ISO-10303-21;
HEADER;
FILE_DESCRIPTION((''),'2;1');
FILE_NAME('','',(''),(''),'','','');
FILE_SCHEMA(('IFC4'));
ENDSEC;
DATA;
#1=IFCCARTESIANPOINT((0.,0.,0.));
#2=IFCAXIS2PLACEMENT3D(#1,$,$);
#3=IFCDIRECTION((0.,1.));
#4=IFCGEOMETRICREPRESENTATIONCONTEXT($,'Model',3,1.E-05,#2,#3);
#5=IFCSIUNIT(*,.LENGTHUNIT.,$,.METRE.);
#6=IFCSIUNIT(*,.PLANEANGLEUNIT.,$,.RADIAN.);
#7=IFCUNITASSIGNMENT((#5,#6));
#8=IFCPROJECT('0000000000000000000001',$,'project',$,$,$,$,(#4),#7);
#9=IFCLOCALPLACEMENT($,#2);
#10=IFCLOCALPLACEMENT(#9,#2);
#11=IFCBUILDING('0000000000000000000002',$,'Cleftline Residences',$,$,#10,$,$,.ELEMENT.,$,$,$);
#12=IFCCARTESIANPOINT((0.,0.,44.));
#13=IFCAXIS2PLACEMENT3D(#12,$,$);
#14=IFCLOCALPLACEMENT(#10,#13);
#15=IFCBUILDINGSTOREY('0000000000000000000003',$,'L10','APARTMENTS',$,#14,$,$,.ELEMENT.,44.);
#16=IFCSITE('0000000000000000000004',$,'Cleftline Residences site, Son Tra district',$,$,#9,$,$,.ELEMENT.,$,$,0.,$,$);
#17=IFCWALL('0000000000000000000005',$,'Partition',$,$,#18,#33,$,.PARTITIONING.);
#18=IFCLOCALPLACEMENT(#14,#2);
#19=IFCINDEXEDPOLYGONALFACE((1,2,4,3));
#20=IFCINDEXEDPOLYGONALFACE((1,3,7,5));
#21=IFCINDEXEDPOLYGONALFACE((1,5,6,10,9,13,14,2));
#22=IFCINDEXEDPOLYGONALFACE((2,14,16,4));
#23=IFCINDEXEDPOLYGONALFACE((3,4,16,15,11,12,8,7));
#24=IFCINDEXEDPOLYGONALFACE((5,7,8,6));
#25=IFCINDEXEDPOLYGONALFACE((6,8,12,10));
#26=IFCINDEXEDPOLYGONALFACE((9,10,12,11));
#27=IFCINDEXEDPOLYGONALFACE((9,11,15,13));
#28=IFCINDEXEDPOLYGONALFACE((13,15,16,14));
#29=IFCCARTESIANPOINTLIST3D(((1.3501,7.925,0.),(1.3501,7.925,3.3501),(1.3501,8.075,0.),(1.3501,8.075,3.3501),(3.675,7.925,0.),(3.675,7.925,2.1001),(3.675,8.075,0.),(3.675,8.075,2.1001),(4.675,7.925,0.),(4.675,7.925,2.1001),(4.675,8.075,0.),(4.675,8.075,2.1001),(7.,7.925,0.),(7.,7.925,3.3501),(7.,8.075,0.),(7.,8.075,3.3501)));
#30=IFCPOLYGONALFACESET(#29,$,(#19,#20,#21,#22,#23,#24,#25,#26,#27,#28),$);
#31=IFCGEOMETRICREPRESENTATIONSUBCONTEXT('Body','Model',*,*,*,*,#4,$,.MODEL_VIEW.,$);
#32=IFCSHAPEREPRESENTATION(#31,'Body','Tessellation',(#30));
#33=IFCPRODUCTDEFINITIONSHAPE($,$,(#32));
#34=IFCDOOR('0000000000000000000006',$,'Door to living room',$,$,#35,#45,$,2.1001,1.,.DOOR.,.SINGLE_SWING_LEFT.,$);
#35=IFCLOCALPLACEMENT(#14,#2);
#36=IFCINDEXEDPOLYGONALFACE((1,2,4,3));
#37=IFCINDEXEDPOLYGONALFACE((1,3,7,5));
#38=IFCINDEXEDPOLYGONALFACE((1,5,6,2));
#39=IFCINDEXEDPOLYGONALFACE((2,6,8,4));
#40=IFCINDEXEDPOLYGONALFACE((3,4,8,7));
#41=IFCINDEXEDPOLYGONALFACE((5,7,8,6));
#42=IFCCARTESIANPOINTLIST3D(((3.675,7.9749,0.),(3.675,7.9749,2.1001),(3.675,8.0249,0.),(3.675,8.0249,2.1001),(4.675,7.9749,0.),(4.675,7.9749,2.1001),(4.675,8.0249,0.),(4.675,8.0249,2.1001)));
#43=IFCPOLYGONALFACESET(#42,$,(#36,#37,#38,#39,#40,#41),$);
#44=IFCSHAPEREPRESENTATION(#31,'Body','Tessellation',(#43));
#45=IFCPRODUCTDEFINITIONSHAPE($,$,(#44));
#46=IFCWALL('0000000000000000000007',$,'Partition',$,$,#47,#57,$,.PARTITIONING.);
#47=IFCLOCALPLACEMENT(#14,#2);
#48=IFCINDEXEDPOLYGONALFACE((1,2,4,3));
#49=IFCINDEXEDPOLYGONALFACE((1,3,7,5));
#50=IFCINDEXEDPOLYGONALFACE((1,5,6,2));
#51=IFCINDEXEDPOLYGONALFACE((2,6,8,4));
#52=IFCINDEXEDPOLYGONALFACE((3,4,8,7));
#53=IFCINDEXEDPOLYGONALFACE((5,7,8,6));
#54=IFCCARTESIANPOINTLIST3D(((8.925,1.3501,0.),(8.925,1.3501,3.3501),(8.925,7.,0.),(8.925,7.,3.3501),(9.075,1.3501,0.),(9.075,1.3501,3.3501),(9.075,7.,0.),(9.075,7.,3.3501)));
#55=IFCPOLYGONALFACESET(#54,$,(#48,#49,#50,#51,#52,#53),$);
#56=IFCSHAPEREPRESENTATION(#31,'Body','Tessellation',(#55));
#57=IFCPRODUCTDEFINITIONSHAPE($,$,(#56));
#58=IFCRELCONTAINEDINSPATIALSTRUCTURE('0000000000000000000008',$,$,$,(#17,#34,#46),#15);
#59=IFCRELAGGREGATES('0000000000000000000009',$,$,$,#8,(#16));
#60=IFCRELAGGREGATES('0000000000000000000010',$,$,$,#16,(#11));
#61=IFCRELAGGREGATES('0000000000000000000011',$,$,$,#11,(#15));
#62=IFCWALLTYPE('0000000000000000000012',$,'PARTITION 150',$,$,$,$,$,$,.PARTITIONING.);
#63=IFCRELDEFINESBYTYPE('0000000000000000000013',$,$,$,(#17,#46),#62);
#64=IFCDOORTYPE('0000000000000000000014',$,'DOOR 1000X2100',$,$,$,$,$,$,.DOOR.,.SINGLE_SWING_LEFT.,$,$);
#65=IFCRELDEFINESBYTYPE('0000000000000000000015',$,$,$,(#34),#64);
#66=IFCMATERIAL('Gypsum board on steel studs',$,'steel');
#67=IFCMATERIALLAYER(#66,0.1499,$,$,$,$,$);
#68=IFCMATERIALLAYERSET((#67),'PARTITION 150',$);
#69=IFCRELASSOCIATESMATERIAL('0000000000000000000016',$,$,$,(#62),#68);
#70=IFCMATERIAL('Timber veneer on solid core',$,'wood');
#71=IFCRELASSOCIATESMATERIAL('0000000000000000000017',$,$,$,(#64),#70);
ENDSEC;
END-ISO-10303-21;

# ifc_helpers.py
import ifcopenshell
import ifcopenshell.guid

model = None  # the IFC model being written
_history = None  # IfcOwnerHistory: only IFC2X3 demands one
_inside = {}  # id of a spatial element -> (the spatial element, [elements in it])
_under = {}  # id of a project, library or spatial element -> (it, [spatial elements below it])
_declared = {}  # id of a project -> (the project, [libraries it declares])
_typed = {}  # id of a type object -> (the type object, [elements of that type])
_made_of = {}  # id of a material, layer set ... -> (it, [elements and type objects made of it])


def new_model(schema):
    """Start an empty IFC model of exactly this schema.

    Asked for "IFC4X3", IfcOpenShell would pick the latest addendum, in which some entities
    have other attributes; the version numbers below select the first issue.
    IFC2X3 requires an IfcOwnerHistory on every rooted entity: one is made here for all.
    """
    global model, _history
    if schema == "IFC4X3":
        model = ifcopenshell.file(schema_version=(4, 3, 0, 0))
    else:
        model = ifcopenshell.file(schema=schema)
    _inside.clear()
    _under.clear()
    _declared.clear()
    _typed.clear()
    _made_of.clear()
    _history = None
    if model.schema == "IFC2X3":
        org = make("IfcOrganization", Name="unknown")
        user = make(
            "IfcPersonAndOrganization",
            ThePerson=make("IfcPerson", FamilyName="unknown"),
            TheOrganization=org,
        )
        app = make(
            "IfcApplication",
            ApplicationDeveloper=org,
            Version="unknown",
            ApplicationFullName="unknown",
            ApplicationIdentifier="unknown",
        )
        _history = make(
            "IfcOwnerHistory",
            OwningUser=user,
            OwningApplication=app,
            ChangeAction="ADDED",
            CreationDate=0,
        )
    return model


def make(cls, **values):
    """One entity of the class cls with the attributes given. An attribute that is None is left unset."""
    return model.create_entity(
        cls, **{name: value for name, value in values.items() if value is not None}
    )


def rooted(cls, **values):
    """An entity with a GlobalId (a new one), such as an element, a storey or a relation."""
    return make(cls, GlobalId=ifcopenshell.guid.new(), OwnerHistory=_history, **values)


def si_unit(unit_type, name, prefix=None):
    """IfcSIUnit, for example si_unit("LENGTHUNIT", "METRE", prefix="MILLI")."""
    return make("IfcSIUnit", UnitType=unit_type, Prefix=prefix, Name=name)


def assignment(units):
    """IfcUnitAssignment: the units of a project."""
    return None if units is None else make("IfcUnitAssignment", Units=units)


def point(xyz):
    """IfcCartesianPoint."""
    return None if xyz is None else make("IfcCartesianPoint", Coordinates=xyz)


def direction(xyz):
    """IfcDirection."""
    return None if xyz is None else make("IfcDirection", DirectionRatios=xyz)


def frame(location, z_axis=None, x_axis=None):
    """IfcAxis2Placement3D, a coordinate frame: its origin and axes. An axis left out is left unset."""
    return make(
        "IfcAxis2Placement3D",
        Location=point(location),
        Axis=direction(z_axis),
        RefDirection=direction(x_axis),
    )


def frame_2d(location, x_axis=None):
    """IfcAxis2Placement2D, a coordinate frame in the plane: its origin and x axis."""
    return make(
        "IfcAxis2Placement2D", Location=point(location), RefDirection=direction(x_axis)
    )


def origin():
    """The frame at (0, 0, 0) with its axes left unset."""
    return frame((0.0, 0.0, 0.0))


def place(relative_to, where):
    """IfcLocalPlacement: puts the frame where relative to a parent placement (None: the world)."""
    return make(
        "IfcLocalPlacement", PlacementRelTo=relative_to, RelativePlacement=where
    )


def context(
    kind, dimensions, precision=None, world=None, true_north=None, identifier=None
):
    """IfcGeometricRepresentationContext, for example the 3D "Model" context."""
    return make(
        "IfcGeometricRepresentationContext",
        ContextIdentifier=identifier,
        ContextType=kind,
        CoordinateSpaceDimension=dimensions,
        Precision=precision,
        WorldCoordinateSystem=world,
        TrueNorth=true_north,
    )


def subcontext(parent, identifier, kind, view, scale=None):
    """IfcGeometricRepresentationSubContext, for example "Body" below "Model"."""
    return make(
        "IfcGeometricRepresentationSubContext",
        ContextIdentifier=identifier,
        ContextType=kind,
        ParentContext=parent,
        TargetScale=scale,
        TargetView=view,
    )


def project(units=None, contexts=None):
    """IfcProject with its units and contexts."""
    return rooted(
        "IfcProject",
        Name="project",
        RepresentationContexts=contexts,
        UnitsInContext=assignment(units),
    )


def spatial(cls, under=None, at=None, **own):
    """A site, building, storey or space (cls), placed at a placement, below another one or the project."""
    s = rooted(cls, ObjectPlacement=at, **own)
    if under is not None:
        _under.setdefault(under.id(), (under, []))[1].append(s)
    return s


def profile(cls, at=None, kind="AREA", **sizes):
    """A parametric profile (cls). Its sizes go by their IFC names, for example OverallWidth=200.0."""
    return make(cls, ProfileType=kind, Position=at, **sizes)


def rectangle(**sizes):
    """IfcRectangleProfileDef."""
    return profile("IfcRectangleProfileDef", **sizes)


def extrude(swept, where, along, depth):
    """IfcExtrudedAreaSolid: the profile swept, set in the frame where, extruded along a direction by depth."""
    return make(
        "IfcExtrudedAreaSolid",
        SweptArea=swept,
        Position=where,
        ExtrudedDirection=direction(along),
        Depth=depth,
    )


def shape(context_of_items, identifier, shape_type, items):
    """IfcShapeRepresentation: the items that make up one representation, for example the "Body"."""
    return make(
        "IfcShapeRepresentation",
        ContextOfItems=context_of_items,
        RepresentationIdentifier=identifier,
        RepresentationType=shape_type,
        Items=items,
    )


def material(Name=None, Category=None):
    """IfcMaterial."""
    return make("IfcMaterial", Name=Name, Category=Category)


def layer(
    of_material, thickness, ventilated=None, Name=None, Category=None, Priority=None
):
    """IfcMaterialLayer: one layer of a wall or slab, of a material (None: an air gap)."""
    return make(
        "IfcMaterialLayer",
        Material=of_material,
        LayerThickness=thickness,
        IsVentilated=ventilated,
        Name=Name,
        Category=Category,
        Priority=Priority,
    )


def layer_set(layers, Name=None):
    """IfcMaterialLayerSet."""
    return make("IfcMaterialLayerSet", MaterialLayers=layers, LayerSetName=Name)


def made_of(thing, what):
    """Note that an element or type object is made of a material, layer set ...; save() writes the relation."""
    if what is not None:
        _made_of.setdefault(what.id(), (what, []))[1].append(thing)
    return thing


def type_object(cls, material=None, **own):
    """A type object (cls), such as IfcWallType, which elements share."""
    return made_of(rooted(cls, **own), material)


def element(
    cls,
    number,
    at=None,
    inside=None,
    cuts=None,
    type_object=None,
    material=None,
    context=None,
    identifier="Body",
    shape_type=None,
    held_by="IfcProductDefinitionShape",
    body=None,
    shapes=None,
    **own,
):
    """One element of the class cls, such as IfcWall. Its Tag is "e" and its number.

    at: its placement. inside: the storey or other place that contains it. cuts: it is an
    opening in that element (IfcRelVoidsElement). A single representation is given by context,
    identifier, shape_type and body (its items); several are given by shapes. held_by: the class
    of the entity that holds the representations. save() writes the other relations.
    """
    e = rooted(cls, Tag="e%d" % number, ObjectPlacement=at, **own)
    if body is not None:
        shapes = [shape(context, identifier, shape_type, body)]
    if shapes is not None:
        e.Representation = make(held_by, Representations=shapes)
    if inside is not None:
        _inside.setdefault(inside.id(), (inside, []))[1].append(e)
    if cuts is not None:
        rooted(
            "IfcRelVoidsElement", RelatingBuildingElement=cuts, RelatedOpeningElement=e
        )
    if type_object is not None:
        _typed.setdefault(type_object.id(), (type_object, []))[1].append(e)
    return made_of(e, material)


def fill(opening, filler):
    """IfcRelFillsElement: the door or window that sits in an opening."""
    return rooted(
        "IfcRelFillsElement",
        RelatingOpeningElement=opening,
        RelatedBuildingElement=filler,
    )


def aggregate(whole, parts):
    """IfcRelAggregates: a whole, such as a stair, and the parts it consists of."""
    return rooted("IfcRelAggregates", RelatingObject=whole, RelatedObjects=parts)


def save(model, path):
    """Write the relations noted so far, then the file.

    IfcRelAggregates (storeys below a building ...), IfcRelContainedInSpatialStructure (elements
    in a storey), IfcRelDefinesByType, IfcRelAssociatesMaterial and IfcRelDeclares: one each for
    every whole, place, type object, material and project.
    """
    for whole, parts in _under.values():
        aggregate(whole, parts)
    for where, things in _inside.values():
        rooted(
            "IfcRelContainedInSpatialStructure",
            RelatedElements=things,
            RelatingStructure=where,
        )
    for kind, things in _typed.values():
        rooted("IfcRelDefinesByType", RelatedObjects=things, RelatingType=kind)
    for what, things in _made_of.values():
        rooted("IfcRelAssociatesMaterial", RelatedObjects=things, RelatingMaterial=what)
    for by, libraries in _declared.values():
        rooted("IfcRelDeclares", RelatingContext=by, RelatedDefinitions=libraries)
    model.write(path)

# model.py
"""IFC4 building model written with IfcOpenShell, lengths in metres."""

from ifc_helpers import new_model, si_unit, direction, frame, frame_2d, origin, place, context, subcontext, project, spatial, rectangle, extrude, material, layer, layer_set, type_object, element, fill, save


model = new_model("IFC4")

# Units and contexts
model_context = context("Model", 3, precision=1e-05, world=origin(), true_north=direction((0.0, 1.0)))
body_context = subcontext(model_context, "Body", "Model", "MODEL_VIEW")
ifc_project = project(units=[si_unit("LENGTHUNIT", "METRE"), si_unit("PLANEANGLEUNIT", "RADIAN")], contexts=[model_context])

# Site, building, storey
site_placement = place(None, origin())
site = spatial("IfcSite", under=ifc_project, at=site_placement, Name="Cleftline Residences site, Son Tra district", CompositionType="ELEMENT", RefElevation=0.0)
building_placement = place(site_placement, origin())
building = spatial("IfcBuilding", under=site, at=building_placement, Name="Cleftline Residences", CompositionType="ELEMENT")
storey_placement = place(building_placement, frame((0.0, 0.0, 44.0)))
storey = spatial("IfcBuildingStorey", under=building, at=storey_placement, Name="L10", Description="APARTMENTS", CompositionType="ELEMENT", Elevation=44.0)

# Wall, opening, door
ifc_material_1 = material(Name="Gypsum board on steel studs", Category="steel")
ifc_layer_1 = layer(ifc_material_1, 0.1499)
ifc_layer_set_1 = layer_set([ifc_layer_1], Name="PARTITION 150")
wall_type_1 = type_object("IfcWallType", Name="PARTITION 150", PredefinedType="PARTITIONING", material=ifc_layer_set_1)
wall_1_placement = place(storey_placement, frame((1.3501, 8.0, 0.0), z_axis=(0.0, 0.0, 1.0), x_axis=(1.0, 0.0, 0.0)))
wall_1 = element("IfcWall", 1, at=wall_1_placement, inside=storey, type_object=wall_type_1, Name="Partition", PredefinedType="PARTITIONING", context=body_context, shape_type="SweptSolid", body=[
    extrude(rectangle(XDim=5.6499, YDim=0.1499, at=frame_2d((2.825, 0.0))), origin(), (0.0, 0.0, 1.0), 3.3501),
])
opening_1_placement = place(wall_1_placement, frame((2.325, 0.0, 0.0)))
opening_1 = element("IfcOpeningElement", 2, at=opening_1_placement, cuts=wall_1, PredefinedType="OPENING", context=body_context, shape_type="SweptSolid", body=[
    extrude(rectangle(XDim=1.0, YDim=2.1001, at=frame_2d((0.5, 1.05))), frame((0.0, 0.085, 0.0), z_axis=(0.0, -1.0, 0.0), x_axis=(1.0, 0.0, 0.0)), (0.0, 0.0, 1.0), 0.1699),
])
ifc_material_2 = material(Name="Timber veneer on solid core", Category="wood")
door_type = type_object("IfcDoorType", Name="DOOR 1000X2100", OperationType="SINGLE_SWING_LEFT", PredefinedType="DOOR", material=ifc_material_2)
door_placement = place(opening_1_placement, origin())
door = element("IfcDoor", 3, at=door_placement, inside=storey, type_object=door_type, Name="Door to living room", OperationType="SINGLE_SWING_LEFT", OverallHeight=2.1001, OverallWidth=1.0, PredefinedType="DOOR", context=body_context, shape_type="SweptSolid", body=[
    extrude(rectangle(XDim=1.0, YDim=2.1001, at=frame_2d((0.5, 1.05))), frame((0.0, 0.0249, 0.0), z_axis=(0.0, -1.0, 0.0), x_axis=(1.0, 0.0, 0.0)), (0.0, 0.0, 1.0), 0.05),
])
fill(opening_1, door)

# Wall
wall_2_placement = place(storey_placement, frame((9.0, 1.3501, 0.0), z_axis=(0.0, 0.0, 1.0), x_axis=(0.0, 1.0, 0.0)))
element("IfcWall", 4, at=wall_2_placement, inside=storey, type_object=wall_type_1, Name="Partition", PredefinedType="PARTITIONING", context=body_context, shape_type="SweptSolid", body=[
    extrude(rectangle(XDim=5.6499, YDim=0.1499, at=frame_2d((2.825, 0.0))), origin(), (0.0, 0.0, 1.0), 3.3501),
])

save(model, "model.ifc")
